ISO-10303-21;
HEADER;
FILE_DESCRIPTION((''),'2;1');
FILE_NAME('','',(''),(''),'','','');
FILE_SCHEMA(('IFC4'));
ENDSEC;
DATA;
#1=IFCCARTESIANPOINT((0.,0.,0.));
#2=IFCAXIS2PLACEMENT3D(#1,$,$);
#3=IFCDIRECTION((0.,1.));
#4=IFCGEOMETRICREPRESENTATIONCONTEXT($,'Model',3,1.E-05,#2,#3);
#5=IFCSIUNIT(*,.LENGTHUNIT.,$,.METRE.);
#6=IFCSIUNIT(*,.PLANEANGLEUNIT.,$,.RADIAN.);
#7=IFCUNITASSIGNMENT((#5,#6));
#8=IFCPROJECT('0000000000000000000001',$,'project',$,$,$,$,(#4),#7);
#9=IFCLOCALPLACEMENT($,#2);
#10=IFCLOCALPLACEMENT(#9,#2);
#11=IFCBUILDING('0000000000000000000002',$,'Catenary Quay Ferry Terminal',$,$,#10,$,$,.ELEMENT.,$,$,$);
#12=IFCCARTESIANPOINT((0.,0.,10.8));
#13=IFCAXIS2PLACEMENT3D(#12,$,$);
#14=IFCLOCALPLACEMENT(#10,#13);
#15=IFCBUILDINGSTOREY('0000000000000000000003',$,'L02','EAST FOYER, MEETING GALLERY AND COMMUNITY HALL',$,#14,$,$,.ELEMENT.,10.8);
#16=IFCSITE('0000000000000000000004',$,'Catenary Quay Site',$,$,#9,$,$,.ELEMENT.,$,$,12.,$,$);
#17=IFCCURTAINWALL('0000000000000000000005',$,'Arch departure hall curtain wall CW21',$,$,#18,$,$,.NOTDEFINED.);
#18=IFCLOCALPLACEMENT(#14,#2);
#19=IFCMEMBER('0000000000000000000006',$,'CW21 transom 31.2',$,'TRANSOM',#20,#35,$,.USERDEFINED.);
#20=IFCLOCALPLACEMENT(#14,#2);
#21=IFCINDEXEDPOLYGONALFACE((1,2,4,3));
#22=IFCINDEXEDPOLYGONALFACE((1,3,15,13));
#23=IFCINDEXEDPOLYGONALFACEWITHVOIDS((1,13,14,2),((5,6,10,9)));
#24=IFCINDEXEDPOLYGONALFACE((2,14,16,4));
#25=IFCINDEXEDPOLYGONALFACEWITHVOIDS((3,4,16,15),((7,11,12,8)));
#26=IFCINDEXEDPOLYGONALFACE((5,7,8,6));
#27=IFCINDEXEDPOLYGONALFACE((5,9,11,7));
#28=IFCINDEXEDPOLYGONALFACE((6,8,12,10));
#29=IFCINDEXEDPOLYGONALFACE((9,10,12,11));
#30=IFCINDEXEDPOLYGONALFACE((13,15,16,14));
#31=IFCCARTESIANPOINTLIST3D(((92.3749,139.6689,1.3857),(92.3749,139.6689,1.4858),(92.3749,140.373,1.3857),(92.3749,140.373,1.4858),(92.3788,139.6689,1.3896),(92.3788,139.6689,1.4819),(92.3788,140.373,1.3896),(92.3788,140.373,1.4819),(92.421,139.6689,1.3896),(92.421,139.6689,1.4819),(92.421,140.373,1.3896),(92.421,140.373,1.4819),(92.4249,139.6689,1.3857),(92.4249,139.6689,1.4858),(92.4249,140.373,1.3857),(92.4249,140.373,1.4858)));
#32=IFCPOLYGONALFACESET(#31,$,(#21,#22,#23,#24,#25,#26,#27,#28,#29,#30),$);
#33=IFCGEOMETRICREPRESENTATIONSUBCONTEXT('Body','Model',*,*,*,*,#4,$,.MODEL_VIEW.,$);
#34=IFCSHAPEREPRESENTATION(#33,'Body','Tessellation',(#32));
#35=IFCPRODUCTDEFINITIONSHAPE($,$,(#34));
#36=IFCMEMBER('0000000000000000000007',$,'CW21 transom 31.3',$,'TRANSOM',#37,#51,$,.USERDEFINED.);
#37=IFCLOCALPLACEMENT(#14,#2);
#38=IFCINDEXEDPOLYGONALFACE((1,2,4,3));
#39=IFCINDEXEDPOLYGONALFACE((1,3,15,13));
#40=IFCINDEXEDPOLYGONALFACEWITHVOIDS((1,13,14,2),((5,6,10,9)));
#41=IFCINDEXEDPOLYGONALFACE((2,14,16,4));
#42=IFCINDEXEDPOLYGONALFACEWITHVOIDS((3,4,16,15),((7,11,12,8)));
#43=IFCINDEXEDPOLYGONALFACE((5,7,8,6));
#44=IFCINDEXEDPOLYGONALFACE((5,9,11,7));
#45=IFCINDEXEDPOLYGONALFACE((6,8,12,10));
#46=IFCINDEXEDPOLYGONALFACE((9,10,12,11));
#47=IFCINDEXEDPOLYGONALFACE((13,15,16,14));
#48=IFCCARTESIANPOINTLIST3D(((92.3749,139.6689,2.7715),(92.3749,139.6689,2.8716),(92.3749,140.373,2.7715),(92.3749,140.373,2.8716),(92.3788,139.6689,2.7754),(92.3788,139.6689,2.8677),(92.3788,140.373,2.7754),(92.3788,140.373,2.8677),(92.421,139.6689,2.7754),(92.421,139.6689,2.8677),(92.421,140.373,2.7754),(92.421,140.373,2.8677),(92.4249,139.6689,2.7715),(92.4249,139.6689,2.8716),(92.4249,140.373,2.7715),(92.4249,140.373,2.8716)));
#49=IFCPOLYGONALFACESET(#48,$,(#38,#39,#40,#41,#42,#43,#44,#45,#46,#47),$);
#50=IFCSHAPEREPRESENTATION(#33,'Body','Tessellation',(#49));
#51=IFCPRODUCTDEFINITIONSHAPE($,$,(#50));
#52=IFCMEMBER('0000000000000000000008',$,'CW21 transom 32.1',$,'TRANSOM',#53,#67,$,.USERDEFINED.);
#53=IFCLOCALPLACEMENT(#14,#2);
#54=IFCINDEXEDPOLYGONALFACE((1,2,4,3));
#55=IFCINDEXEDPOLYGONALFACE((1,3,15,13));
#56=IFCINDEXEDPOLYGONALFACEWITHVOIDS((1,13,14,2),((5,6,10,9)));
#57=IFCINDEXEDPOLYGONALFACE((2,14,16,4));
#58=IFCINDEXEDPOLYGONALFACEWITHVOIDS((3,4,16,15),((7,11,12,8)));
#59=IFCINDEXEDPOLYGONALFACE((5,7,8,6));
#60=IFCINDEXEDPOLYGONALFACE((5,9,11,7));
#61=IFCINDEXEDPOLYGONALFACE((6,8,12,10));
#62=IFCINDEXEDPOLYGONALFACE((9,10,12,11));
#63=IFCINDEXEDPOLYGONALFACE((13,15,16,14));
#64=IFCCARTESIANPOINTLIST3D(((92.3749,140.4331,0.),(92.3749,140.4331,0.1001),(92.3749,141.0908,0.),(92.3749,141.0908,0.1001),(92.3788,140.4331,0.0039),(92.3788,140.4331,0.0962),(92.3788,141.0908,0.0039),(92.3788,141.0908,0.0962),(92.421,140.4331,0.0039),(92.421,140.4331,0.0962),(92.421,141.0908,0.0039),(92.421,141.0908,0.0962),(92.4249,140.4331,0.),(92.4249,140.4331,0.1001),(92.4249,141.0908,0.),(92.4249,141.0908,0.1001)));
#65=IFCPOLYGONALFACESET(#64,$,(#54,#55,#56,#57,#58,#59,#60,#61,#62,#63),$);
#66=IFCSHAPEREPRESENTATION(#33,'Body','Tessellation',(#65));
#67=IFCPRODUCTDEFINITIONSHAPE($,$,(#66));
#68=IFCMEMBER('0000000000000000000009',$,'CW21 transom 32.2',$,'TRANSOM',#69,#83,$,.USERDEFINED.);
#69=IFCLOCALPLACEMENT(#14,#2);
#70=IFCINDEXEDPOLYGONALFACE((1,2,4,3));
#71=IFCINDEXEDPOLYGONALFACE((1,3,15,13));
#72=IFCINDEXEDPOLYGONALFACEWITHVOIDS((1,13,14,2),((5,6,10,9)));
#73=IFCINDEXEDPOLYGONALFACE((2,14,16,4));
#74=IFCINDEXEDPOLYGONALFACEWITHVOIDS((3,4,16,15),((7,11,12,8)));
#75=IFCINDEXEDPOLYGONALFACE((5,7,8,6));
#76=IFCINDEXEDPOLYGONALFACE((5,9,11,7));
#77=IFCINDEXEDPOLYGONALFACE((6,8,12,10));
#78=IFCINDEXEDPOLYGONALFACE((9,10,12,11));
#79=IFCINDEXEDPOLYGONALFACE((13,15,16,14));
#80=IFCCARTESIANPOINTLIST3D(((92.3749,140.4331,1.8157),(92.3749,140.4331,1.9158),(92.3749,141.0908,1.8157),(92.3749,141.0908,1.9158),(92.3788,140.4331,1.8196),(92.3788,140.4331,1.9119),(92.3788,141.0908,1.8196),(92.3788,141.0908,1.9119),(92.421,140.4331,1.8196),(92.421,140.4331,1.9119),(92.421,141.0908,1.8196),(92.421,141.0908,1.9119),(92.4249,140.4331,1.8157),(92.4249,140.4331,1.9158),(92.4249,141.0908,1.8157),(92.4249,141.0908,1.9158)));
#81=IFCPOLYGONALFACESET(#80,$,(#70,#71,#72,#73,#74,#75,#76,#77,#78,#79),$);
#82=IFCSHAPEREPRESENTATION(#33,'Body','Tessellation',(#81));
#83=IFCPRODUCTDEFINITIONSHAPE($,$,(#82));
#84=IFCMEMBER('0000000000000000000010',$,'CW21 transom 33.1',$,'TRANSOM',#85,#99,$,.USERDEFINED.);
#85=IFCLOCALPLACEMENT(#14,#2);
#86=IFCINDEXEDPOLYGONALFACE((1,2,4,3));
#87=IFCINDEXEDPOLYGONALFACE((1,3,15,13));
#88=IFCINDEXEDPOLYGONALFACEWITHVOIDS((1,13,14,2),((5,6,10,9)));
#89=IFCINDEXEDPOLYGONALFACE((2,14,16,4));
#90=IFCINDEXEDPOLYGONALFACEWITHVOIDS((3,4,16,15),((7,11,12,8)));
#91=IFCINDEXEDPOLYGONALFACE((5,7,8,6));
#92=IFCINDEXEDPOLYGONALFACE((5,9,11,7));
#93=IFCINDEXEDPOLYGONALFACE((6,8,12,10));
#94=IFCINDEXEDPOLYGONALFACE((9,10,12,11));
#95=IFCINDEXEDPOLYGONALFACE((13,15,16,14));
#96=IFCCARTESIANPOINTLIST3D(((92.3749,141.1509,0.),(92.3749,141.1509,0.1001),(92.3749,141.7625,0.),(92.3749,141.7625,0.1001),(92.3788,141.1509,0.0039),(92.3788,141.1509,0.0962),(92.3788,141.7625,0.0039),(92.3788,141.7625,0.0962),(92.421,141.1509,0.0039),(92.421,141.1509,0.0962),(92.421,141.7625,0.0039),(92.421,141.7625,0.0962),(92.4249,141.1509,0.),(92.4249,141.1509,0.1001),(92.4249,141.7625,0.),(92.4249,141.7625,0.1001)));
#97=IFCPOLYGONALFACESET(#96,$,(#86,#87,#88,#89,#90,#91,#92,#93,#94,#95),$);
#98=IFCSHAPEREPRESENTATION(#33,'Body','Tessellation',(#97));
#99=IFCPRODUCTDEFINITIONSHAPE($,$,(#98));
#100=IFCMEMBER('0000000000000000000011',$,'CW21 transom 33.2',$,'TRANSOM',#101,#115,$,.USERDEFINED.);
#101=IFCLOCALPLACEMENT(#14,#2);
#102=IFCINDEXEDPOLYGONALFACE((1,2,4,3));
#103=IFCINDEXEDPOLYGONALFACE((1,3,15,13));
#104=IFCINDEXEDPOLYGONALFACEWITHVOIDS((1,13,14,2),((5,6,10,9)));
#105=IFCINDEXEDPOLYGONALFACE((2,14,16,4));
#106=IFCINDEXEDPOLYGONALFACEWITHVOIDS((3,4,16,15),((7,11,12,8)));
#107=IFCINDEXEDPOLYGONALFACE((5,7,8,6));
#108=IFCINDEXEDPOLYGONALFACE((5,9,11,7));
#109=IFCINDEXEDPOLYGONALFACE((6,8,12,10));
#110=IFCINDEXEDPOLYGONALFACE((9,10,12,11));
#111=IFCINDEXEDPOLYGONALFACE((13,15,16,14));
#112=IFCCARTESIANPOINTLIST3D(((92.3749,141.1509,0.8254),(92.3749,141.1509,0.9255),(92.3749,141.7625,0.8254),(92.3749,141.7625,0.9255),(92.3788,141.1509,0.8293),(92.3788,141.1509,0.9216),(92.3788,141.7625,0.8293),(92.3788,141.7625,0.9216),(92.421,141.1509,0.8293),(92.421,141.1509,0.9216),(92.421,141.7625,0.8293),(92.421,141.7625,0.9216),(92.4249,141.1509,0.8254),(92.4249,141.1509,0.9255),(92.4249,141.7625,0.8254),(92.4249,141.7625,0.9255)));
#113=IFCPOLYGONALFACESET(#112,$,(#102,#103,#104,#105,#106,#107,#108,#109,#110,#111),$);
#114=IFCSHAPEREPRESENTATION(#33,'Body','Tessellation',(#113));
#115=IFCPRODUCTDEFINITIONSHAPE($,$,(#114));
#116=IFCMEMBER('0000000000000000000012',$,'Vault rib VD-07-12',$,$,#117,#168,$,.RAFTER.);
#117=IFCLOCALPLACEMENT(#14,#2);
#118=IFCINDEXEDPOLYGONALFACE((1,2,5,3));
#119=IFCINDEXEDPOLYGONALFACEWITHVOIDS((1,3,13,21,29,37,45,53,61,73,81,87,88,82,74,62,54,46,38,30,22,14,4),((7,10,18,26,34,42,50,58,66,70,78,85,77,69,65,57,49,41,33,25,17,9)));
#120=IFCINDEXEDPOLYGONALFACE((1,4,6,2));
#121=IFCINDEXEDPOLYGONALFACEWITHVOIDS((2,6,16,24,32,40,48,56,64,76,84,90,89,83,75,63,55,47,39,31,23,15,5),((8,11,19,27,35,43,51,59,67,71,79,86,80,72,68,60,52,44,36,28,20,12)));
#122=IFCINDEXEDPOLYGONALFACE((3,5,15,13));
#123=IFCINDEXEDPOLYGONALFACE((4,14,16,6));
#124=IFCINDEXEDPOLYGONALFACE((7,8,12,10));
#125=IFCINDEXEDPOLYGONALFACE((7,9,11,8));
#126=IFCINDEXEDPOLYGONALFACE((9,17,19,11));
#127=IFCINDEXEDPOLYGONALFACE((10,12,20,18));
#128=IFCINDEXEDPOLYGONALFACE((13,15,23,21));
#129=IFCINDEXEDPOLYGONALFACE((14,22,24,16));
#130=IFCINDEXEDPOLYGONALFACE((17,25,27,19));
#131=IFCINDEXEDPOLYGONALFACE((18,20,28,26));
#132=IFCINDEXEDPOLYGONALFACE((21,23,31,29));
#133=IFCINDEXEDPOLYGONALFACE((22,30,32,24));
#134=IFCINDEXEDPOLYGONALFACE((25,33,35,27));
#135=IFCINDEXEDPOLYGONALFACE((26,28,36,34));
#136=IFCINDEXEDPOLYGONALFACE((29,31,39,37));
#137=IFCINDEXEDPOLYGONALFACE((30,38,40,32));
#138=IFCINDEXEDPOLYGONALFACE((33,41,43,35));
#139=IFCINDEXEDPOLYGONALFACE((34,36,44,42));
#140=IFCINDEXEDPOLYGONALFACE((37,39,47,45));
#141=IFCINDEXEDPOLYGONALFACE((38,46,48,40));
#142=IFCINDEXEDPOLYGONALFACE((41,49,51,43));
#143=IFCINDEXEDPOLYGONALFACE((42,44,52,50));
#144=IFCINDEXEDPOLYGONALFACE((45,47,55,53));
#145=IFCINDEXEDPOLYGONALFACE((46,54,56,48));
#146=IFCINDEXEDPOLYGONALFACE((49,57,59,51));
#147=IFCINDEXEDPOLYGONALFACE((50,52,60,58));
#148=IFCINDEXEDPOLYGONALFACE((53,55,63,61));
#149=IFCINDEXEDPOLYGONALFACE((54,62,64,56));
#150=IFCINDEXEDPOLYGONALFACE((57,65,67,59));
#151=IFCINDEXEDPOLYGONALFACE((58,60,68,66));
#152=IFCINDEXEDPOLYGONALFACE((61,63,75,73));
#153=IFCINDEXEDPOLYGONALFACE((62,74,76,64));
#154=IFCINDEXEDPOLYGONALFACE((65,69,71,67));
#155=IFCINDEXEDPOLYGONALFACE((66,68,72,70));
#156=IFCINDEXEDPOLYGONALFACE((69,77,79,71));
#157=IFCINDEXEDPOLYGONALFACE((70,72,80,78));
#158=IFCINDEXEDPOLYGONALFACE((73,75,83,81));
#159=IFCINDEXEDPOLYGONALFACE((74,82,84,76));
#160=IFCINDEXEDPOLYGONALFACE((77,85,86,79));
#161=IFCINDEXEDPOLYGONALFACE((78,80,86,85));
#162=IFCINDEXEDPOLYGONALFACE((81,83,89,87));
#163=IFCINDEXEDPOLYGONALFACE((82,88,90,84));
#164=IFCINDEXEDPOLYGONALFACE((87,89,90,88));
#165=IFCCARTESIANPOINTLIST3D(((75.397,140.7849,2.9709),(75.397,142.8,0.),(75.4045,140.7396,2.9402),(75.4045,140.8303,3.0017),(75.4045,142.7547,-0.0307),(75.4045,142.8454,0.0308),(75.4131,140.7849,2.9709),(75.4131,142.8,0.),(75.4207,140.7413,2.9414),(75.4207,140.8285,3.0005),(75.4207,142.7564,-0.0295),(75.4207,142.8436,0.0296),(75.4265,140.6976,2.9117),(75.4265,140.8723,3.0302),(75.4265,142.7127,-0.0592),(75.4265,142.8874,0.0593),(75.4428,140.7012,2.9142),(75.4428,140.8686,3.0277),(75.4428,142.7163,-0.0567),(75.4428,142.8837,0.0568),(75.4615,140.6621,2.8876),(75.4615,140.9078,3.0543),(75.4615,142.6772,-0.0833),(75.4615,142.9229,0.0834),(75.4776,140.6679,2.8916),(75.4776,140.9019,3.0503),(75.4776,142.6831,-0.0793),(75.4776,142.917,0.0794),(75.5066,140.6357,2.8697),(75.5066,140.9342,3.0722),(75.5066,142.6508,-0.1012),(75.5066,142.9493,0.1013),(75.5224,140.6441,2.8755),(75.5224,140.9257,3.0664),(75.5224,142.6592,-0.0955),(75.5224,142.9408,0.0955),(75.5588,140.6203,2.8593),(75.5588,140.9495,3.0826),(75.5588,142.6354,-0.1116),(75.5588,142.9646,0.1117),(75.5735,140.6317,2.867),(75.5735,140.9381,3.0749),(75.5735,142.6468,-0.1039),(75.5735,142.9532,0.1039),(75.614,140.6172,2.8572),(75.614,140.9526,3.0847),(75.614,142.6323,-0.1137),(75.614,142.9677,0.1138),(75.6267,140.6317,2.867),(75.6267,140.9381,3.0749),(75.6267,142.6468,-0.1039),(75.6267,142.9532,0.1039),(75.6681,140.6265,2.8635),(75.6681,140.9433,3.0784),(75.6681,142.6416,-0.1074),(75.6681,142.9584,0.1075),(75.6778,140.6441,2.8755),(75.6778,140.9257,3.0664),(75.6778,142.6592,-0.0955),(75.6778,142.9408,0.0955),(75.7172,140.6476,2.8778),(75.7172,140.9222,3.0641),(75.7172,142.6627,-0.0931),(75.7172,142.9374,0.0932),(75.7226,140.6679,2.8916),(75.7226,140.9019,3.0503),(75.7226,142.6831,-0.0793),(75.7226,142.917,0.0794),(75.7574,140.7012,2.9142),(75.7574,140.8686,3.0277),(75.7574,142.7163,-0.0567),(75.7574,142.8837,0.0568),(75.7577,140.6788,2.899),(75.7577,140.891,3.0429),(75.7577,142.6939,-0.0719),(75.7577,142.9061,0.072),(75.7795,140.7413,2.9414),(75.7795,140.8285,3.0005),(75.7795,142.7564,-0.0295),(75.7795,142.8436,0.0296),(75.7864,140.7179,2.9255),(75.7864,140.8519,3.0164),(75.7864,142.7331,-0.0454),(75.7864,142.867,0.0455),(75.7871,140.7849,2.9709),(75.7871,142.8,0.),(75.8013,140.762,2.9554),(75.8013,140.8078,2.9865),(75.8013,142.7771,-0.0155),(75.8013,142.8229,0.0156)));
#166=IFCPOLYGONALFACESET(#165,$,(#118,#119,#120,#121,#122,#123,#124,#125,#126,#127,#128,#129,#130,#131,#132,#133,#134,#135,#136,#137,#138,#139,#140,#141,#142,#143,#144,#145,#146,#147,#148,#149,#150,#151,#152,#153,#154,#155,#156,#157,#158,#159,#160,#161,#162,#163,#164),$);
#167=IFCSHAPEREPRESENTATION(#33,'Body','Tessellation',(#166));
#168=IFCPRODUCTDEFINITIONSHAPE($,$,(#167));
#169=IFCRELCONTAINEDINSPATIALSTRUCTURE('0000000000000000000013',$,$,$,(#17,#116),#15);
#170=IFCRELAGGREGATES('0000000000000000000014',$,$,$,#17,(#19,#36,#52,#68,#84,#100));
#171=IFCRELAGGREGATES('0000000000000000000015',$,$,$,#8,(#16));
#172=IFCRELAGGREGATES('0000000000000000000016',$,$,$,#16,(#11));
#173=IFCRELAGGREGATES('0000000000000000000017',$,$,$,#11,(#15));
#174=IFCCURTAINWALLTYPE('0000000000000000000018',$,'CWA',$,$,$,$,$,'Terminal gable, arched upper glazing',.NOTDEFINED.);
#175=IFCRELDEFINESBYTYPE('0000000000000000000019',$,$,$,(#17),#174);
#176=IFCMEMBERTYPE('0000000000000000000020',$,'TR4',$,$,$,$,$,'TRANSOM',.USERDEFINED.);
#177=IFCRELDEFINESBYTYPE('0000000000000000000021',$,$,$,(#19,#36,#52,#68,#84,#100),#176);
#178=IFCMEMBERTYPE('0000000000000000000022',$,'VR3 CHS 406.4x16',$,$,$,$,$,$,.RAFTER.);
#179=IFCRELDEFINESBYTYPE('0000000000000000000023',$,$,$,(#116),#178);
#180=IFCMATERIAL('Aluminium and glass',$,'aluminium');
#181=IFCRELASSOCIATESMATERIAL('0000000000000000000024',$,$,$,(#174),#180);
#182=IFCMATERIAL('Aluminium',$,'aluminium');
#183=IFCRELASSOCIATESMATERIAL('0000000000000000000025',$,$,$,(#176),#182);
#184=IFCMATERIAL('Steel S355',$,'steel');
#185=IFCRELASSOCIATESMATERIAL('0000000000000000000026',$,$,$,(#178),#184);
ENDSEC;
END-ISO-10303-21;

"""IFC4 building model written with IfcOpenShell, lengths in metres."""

from ifc_helpers import new_model, si_unit, direction, frame, origin, origin_2d, place, context, subcontext, project, spatial, hollow_rectangle, hollow_circle, extrude, material, material_profile, profile_set, type_object, element, aggregate, save


model = new_model("IFC4")

# Units and contexts
model_context = context("Model", 3, precision=1e-05, world=origin(), true_north=direction((0.0, 1.0)))
body_context = subcontext(model_context, "Body", "Model", "MODEL_VIEW")
ifc_project = project(units=[si_unit("LENGTHUNIT", "METRE"), si_unit("PLANEANGLEUNIT", "RADIAN")], contexts=[model_context])

# Site, building, storey
site_placement = place(None, origin())
site = spatial("IfcSite", under=ifc_project, at=site_placement, Name="Catenary Quay Site", CompositionType="ELEMENT", RefElevation=12.0)
building_placement = place(site_placement, origin())
building = spatial("IfcBuilding", under=site, at=building_placement, Name="Catenary Quay Ferry Terminal", CompositionType="ELEMENT")
storey_placement = place(building_placement, frame((0.0, 0.0, 10.8)))
storey = spatial("IfcBuildingStorey", under=building, at=storey_placement, Name="L02", Description="EAST FOYER, MEETING GALLERY AND COMMUNITY HALL", CompositionType="ELEMENT", Elevation=10.8)

# Curtain wall
ifc_material_1 = material(Name="Aluminium and glass", Category="aluminium")
curtain_wall_type_1 = type_object("IfcCurtainWallType", Name="CWA", ElementType="Terminal gable, arched upper glazing", PredefinedType="NOTDEFINED", material=ifc_material_1)
curtain_wall_1_placement = place(storey_placement, origin())
curtain_wall_1 = element("IfcCurtainWall", 1, at=curtain_wall_1_placement, inside=storey, type_object=curtain_wall_type_1, Name="Arch departure hall curtain wall CW21", PredefinedType="NOTDEFINED")

# Members
ifc_material_2 = material(Name="Aluminium", Category="aluminium")
ifc_material_profile_1 = material_profile(ifc_material_2, hollow_rectangle(XDim=0.05, YDim=0.1001, WallThickness=0.0039, at=origin_2d()), Name="TR4")
ifc_profile_set_1 = profile_set([ifc_material_profile_1], Name="Aluminium")
member_type_1 = type_object("IfcMemberType", Name="TR4", ElementType="TRANSOM", PredefinedType="USERDEFINED", material=ifc_profile_set_1)
member_1_placement = place(storey_placement, frame((92.3999, 139.6689, 1.4358), z_axis=(0.0, 1.0, 0.0), x_axis=(-1.0, 0.0, 0.0)))
member_1 = element("IfcMember", 2, at=member_1_placement, type_object=member_type_1, Name="CW21 transom 31.2", ObjectType="TRANSOM", PredefinedType="USERDEFINED", context=body_context, shape_type="SweptSolid", body=[
    extrude(hollow_rectangle(XDim=0.05, YDim=0.1001, WallThickness=0.0039, at=origin_2d()), origin(), (0.0, 0.0, 1.0), 0.7041),
])
member_2_placement = place(storey_placement, frame((92.3999, 139.6689, 2.8215), z_axis=(0.0, 1.0, 0.0), x_axis=(-1.0, 0.0, 0.0)))
member_2 = element("IfcMember", 3, at=member_2_placement, type_object=member_type_1, Name="CW21 transom 31.3", ObjectType="TRANSOM", PredefinedType="USERDEFINED", context=body_context, shape_type="SweptSolid", body=[
    extrude(hollow_rectangle(XDim=0.05, YDim=0.1001, WallThickness=0.0039, at=origin_2d()), origin(), (0.0, 0.0, 1.0), 0.7041),
])
member_3_placement = place(storey_placement, frame((92.3999, 140.4331, 0.05), z_axis=(0.0, 1.0, 0.0), x_axis=(-1.0, 0.0, 0.0)))
member_3 = element("IfcMember", 4, at=member_3_placement, type_object=member_type_1, Name="CW21 transom 32.1", ObjectType="TRANSOM", PredefinedType="USERDEFINED", context=body_context, shape_type="SweptSolid", body=[
    extrude(hollow_rectangle(XDim=0.05, YDim=0.1001, WallThickness=0.0039, at=origin_2d()), origin(), (0.0, 0.0, 1.0), 0.6577),
])
member_4_placement = place(storey_placement, frame((92.3999, 140.4331, 1.8657), z_axis=(0.0, 1.0, 0.0), x_axis=(-1.0, 0.0, 0.0)))
member_4 = element("IfcMember", 5, at=member_4_placement, type_object=member_type_1, Name="CW21 transom 32.2", ObjectType="TRANSOM", PredefinedType="USERDEFINED", context=body_context, shape_type="SweptSolid", body=[
    extrude(hollow_rectangle(XDim=0.05, YDim=0.1001, WallThickness=0.0039, at=origin_2d()), origin(), (0.0, 0.0, 1.0), 0.6577),
])
member_5_placement = place(storey_placement, frame((92.3999, 141.1509, 0.05), z_axis=(0.0, 1.0, 0.0), x_axis=(-1.0, 0.0, 0.0)))
member_5 = element("IfcMember", 6, at=member_5_placement, type_object=member_type_1, Name="CW21 transom 33.1", ObjectType="TRANSOM", PredefinedType="USERDEFINED", context=body_context, shape_type="SweptSolid", body=[
    extrude(hollow_rectangle(XDim=0.05, YDim=0.1001, WallThickness=0.0039, at=origin_2d()), origin(), (0.0, 0.0, 1.0), 0.6116),
])
member_6_placement = place(storey_placement, frame((92.3999, 141.1509, 0.8755), z_axis=(0.0, 1.0, 0.0), x_axis=(-1.0, 0.0, 0.0)))
member_6 = element("IfcMember", 7, at=member_6_placement, type_object=member_type_1, Name="CW21 transom 33.2", ObjectType="TRANSOM", PredefinedType="USERDEFINED", context=body_context, shape_type="SweptSolid", body=[
    extrude(hollow_rectangle(XDim=0.05, YDim=0.1001, WallThickness=0.0039, at=origin_2d()), origin(), (0.0, 0.0, 1.0), 0.6116),
])

# Member
ifc_material_3 = material(Name="Steel S355", Category="steel")
ifc_material_profile_2 = material_profile(ifc_material_3, hollow_circle(Radius=0.2031, WallThickness=0.0161, at=origin_2d()), Name="CHS 406.4x16")
ifc_profile_set_2 = profile_set([ifc_material_profile_2], Name="Steel S355")
member_type_2 = type_object("IfcMemberType", Name="VR3 CHS 406.4x16", PredefinedType="RAFTER", material=ifc_profile_set_2)
for number, where, z_axis, x_axis, name in (
    (8, (75.6001, 140.7849, 2.9709), (0.0, 0.561337, -0.827587), (-1.0, 0.0, 0.0), "Vault rib VD-07-12"),
):
    element("IfcMember", number, at=place(storey_placement, frame(where, z_axis=z_axis, x_axis=x_axis)), inside=storey, type_object=member_type_2, Name=name, PredefinedType="RAFTER", context=body_context, shape_type="SweptSolid", body=[
        extrude(hollow_circle(Radius=0.2031, WallThickness=0.0161, at=origin_2d()), origin(), (0.0, 0.0, 1.0), 3.5898),
    ])

aggregate(curtain_wall_1, [member_1, member_2, member_3, member_4, member_5, member_6])

save(model, "model.ifc")
